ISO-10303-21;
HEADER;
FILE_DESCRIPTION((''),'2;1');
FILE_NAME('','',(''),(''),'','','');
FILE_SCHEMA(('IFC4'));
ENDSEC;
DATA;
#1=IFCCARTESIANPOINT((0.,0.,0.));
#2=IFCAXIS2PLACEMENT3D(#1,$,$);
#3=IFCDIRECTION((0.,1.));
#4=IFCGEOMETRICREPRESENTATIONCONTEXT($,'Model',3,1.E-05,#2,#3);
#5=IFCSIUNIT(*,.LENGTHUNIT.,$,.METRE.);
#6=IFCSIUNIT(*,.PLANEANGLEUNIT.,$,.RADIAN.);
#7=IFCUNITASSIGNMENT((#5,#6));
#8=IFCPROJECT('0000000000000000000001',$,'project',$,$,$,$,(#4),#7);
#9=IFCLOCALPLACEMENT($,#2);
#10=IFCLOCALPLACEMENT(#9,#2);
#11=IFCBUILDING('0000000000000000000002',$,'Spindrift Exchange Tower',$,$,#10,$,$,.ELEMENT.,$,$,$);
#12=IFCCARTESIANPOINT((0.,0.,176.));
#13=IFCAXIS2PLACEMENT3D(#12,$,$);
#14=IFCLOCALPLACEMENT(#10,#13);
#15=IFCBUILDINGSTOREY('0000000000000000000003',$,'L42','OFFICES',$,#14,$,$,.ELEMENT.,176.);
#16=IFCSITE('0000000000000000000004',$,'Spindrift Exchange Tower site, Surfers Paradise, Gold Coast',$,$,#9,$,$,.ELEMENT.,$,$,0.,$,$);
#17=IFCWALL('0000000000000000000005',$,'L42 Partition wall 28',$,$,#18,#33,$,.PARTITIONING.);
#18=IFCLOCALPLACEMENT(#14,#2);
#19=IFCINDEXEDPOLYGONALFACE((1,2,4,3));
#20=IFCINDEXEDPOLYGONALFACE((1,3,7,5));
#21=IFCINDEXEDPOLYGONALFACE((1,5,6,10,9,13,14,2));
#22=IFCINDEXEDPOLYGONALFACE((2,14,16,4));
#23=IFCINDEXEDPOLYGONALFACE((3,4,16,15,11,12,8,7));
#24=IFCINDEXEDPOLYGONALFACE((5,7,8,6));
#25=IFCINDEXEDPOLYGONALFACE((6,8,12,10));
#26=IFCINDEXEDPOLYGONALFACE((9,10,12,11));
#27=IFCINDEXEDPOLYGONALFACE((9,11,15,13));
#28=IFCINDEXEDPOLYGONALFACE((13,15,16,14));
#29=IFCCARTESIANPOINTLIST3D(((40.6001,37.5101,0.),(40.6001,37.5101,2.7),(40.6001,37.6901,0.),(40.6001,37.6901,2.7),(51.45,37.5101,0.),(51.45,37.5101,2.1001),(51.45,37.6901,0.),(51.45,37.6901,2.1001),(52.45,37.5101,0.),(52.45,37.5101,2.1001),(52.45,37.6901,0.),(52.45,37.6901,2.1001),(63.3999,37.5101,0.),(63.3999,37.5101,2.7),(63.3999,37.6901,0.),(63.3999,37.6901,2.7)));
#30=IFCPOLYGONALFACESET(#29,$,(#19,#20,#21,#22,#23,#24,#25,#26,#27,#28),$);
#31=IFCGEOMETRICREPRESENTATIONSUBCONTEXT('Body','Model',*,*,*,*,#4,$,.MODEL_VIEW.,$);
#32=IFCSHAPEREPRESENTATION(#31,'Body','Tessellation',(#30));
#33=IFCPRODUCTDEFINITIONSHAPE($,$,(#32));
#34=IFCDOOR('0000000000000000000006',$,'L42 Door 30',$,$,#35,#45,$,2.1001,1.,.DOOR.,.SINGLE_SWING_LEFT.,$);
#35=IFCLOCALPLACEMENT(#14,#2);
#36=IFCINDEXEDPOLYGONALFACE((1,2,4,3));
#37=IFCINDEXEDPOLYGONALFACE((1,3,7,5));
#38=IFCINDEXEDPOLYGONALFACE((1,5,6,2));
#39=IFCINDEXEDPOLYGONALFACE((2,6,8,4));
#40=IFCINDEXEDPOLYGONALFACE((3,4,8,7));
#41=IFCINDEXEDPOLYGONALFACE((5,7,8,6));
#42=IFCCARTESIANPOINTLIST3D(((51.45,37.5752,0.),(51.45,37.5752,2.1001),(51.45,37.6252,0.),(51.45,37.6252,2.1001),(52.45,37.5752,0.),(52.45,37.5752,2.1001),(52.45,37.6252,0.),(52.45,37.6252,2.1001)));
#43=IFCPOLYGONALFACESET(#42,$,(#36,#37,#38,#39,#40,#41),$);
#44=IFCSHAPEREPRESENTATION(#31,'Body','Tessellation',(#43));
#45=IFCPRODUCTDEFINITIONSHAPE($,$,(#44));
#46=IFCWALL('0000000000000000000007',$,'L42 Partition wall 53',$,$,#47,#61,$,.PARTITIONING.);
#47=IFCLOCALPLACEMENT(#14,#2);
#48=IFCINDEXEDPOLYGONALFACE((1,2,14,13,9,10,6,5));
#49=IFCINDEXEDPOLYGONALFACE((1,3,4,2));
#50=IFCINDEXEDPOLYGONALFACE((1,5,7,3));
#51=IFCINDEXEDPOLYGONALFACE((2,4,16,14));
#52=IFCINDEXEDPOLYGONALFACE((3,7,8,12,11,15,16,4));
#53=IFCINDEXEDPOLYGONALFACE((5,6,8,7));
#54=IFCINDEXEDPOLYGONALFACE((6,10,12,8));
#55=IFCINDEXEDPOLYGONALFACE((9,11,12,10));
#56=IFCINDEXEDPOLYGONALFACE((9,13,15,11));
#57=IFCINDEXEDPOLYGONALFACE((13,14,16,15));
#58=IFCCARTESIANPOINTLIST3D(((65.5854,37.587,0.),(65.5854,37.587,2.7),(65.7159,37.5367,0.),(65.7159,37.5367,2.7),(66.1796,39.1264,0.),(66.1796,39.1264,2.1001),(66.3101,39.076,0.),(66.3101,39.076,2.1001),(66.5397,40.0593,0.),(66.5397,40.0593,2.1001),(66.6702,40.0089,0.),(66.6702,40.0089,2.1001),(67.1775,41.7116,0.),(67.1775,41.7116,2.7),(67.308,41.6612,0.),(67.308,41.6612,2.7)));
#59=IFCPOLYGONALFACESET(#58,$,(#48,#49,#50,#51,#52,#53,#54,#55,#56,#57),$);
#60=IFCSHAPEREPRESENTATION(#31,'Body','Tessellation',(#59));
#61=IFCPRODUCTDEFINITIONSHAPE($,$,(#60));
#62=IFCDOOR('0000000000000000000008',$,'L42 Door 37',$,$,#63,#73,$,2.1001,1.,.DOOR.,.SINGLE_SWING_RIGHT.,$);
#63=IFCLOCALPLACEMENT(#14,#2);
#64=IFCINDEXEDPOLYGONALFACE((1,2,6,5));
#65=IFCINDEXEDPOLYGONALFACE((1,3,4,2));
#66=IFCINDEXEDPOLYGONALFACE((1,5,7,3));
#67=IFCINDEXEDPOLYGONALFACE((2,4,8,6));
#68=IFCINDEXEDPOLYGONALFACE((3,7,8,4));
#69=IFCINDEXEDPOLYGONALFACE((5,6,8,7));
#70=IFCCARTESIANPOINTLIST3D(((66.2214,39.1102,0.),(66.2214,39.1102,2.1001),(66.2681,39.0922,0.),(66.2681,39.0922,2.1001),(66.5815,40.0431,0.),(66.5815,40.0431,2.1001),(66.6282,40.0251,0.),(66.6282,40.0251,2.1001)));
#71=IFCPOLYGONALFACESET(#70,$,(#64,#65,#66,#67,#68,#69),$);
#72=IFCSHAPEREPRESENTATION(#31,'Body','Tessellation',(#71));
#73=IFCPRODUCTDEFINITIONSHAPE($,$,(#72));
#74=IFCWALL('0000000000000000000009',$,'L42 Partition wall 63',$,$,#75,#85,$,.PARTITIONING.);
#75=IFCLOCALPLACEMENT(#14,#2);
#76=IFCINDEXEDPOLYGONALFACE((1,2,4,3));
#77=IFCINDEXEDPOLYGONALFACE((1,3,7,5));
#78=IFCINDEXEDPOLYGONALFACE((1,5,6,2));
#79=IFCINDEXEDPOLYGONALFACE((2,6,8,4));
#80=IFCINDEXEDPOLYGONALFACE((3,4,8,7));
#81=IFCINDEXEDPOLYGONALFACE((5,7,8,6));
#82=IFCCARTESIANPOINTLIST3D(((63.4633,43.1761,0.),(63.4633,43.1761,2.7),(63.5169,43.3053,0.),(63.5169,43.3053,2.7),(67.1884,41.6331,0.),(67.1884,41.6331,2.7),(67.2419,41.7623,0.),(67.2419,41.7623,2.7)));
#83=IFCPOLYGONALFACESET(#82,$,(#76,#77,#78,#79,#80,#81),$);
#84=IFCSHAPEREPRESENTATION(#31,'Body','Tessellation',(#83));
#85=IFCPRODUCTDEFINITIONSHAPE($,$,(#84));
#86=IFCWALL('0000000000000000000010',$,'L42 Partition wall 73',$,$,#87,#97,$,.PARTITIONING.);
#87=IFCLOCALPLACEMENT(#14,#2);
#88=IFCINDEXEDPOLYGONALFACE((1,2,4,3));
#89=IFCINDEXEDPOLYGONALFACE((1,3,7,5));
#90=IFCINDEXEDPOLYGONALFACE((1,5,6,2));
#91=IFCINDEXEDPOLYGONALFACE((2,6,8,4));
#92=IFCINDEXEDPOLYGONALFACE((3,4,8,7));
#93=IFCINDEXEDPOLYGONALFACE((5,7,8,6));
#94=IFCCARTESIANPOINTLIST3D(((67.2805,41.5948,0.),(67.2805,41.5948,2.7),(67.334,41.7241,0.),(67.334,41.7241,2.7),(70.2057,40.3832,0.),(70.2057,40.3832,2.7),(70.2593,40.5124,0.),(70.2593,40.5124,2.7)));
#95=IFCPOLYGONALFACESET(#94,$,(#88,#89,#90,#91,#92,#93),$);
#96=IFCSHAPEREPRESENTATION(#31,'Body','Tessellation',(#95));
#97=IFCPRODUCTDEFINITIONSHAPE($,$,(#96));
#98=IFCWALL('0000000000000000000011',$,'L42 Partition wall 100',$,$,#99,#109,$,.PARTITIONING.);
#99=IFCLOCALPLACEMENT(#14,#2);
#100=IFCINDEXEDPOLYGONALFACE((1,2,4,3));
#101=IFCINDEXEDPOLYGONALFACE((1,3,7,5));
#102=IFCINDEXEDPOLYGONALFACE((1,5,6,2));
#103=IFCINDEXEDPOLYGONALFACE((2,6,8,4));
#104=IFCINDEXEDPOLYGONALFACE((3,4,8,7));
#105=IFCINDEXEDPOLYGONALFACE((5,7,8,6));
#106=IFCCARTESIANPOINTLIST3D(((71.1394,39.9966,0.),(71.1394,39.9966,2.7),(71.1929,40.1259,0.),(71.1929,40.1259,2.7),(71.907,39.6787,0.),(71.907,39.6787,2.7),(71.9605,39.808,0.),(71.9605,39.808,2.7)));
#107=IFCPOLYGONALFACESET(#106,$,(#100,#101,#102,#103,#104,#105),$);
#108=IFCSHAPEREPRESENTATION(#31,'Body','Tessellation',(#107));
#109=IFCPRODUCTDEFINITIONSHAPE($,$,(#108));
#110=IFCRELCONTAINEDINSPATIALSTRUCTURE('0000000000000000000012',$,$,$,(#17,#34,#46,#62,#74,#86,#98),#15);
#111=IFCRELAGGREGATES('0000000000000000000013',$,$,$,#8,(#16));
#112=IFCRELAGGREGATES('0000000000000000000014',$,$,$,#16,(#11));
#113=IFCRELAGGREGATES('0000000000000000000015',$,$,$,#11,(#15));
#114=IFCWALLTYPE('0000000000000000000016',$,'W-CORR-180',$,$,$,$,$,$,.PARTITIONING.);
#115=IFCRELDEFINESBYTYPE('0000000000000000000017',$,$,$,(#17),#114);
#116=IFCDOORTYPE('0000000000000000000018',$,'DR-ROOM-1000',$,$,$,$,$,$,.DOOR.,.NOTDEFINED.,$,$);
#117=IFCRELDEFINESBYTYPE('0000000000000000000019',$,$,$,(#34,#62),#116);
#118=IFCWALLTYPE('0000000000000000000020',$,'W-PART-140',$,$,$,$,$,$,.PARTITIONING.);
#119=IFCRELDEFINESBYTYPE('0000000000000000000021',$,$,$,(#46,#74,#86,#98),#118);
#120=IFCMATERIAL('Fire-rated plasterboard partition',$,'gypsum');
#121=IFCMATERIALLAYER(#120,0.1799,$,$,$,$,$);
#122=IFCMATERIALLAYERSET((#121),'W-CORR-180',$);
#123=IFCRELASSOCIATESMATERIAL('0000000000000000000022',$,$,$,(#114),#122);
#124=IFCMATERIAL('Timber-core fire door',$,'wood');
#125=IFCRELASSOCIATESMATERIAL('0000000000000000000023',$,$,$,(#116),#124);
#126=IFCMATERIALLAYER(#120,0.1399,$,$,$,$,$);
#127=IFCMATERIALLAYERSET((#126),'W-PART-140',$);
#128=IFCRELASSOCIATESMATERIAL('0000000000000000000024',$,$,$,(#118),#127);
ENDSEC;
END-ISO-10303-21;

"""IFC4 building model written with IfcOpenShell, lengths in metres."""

from ifc_helpers import new_model, si_unit, direction, frame, frame_2d, origin, place, context, subcontext, project, spatial, rectangle, extrude, source, transform, mapped, material, layer, layer_set, type_object, element, fill, save


model = new_model("IFC4")

# Units and contexts
model_context = context("Model", 3, precision=1e-05, world=origin(), true_north=direction((0.0, 1.0)))
body_context = subcontext(model_context, "Body", "Model", "MODEL_VIEW")
ifc_project = project(units=[si_unit("LENGTHUNIT", "METRE"), si_unit("PLANEANGLEUNIT", "RADIAN")], contexts=[model_context])

# Site, building, storey
site_placement = place(None, origin())
site = spatial("IfcSite", under=ifc_project, at=site_placement, Name="Spindrift Exchange Tower site, Surfers Paradise, Gold Coast", CompositionType="ELEMENT", RefElevation=0.0)
building_placement = place(site_placement, origin())
building = spatial("IfcBuilding", under=site, at=building_placement, Name="Spindrift Exchange Tower", CompositionType="ELEMENT")
storey_placement = place(building_placement, frame((0.0, 0.0, 176.0)))
storey = spatial("IfcBuildingStorey", under=building, at=storey_placement, Name="L42", Description="OFFICES", CompositionType="ELEMENT", Elevation=176.0)

# Walls, openings, doors
ifc_material_1 = material(Name="Fire-rated plasterboard partition", Category="gypsum")
ifc_layer_1 = layer(ifc_material_1, 0.1799)
ifc_layer_set_1 = layer_set([ifc_layer_1], Name="W-CORR-180")
wall_type_1 = type_object("IfcWallType", Name="W-CORR-180", PredefinedType="PARTITIONING", material=ifc_layer_set_1)
wall_1_placement = place(storey_placement, frame((63.3999, 37.6001, 0.0), z_axis=(0.0, 0.0, 1.0), x_axis=(-1.0, 0.0, 0.0)))
wall_1 = element("IfcWall", 1, at=wall_1_placement, inside=storey, type_object=wall_type_1, Name="L42 Partition wall 28", PredefinedType="PARTITIONING", context=body_context, shape_type="SweptSolid", body=[
    extrude(rectangle(XDim=22.7998, YDim=0.1799, at=frame_2d((11.3999, 0.0))), origin(), (0.0, 0.0, 1.0), 2.7),
])
opening_1_placement = place(wall_1_placement, frame((10.95, 0.0, 0.0)))
opening_1 = element("IfcOpeningElement", 2, at=opening_1_placement, cuts=wall_1, PredefinedType="OPENING", context=body_context, shape_type="SweptSolid", body=[
    extrude(rectangle(XDim=1.0, YDim=2.1001, at=frame_2d((0.5, 1.05))), frame((0.0, 0.0999, 0.0), z_axis=(0.0, -1.0, 0.0), x_axis=(1.0, 0.0, 0.0)), (0.0, 0.0, 1.0), 0.2),
])
ifc_material_2 = material(Name="Timber-core fire door", Category="wood")
door_type = type_object("IfcDoorType", Name="DR-ROOM-1000", OperationType="NOTDEFINED", PredefinedType="DOOR", material=ifc_material_2)
shared_shape_1 = source(origin(), body_context, "Body", "SweptSolid", [
    extrude(rectangle(XDim=1.0, YDim=2.1001, at=frame_2d((0.5, 1.05))), frame((0.0, 0.0249, 0.0), z_axis=(0.0, -1.0, 0.0), x_axis=(1.0, 0.0, 0.0)), (0.0, 0.0, 1.0), 0.05),
])
door_1_placement = place(opening_1_placement, origin())
door_1 = element("IfcDoor", 3, at=door_1_placement, inside=storey, type_object=door_type, Name="L42 Door 30", OperationType="SINGLE_SWING_LEFT", OverallHeight=2.1001, OverallWidth=1.0, PredefinedType="DOOR", context=body_context, shape_type="MappedRepresentation", body=[
    mapped(shared_shape_1, transform((0.0, 0.0, 0.0), scale=1.0)),
])
fill(opening_1, door_1)
ifc_layer_2 = layer(ifc_material_1, 0.1399)
ifc_layer_set_2 = layer_set([ifc_layer_2], Name="W-PART-140")
wall_type_2 = type_object("IfcWallType", Name="W-PART-140", PredefinedType="PARTITIONING", material=ifc_layer_set_2)
wall_2_placement = place(storey_placement, frame((67.2427, 41.6863, 0.0), z_axis=(0.0, 0.0, 1.0), x_axis=(-0.3601, -0.932914, 0.0)))
wall_2 = element("IfcWall", 4, at=wall_2_placement, inside=storey, type_object=wall_type_2, Name="L42 Partition wall 53", PredefinedType="PARTITIONING", context=body_context, shape_type="SweptSolid", body=[
    extrude(rectangle(XDim=4.4211, YDim=0.1399, at=frame_2d((2.2104, 0.0))), origin(), (0.0, 0.0, 1.0), 2.7),
])
opening_2_placement = place(wall_2_placement, frame((1.771, 0.0, 0.0)))
opening_2 = element("IfcOpeningElement", 5, at=opening_2_placement, cuts=wall_2, PredefinedType="OPENING", context=body_context, shape_type="SweptSolid", body=[
    extrude(rectangle(XDim=1.0, YDim=2.1001, at=frame_2d((0.5, 1.05))), frame((0.0, 0.0798, 0.0), z_axis=(0.0, -1.0, 0.0), x_axis=(1.0, 0.0, 0.0)), (0.0, 0.0, 1.0), 0.1599),
])
door_2_placement = place(opening_2_placement, origin())
door_2 = element("IfcDoor", 6, at=door_2_placement, inside=storey, type_object=door_type, Name="L42 Door 37", OperationType="SINGLE_SWING_RIGHT", OverallHeight=2.1001, OverallWidth=1.0, PredefinedType="DOOR", context=body_context, shape_type="MappedRepresentation", body=[
    mapped(shared_shape_1, transform((0.0, 0.0, 0.0), scale=1.0)),
])
fill(opening_2, door_2)

# Walls
wall_3_placement = place(storey_placement, frame((63.49, 43.2407, 0.0), z_axis=(0.0, 0.0, 1.0), x_axis=(0.923881, -0.38268, 0.0)))
element("IfcWall", 7, at=wall_3_placement, inside=storey, type_object=wall_type_2, Name="L42 Partition wall 63", PredefinedType="PARTITIONING", context=body_context, shape_type="SweptSolid", body=[
    extrude(rectangle(XDim=4.032, YDim=0.1399, at=frame_2d((2.0161, 0.0))), origin(), (0.0, 0.0, 1.0), 2.7),
])
wall_4_placement = place(storey_placement, frame((67.3074, 41.6594, 0.0), z_axis=(0.0, 0.0, 1.0), x_axis=(0.923882, -0.382676, 0.0)))
element("IfcWall", 8, at=wall_4_placement, inside=storey, type_object=wall_type_2, Name="L42 Partition wall 73", PredefinedType="PARTITIONING", context=body_context, shape_type="SweptSolid", body=[
    extrude(rectangle(XDim=3.1663, YDim=0.1399, at=frame_2d((1.583, 0.0))), origin(), (0.0, 0.0, 1.0), 2.7),
])
wall_5_placement = place(storey_placement, frame((71.166, 40.0613, 0.0), z_axis=(0.0, 0.0, 1.0), x_axis=(0.923909, -0.382611, 0.0)))
element("IfcWall", 9, at=wall_5_placement, inside=storey, type_object=wall_type_2, Name="L42 Partition wall 100", PredefinedType="PARTITIONING", context=body_context, shape_type="SweptSolid", body=[
    extrude(rectangle(XDim=0.8308, YDim=0.1399, at=frame_2d((0.4155, 0.0))), origin(), (0.0, 0.0, 1.0), 2.7),
])

save(model, "model.ifc")
